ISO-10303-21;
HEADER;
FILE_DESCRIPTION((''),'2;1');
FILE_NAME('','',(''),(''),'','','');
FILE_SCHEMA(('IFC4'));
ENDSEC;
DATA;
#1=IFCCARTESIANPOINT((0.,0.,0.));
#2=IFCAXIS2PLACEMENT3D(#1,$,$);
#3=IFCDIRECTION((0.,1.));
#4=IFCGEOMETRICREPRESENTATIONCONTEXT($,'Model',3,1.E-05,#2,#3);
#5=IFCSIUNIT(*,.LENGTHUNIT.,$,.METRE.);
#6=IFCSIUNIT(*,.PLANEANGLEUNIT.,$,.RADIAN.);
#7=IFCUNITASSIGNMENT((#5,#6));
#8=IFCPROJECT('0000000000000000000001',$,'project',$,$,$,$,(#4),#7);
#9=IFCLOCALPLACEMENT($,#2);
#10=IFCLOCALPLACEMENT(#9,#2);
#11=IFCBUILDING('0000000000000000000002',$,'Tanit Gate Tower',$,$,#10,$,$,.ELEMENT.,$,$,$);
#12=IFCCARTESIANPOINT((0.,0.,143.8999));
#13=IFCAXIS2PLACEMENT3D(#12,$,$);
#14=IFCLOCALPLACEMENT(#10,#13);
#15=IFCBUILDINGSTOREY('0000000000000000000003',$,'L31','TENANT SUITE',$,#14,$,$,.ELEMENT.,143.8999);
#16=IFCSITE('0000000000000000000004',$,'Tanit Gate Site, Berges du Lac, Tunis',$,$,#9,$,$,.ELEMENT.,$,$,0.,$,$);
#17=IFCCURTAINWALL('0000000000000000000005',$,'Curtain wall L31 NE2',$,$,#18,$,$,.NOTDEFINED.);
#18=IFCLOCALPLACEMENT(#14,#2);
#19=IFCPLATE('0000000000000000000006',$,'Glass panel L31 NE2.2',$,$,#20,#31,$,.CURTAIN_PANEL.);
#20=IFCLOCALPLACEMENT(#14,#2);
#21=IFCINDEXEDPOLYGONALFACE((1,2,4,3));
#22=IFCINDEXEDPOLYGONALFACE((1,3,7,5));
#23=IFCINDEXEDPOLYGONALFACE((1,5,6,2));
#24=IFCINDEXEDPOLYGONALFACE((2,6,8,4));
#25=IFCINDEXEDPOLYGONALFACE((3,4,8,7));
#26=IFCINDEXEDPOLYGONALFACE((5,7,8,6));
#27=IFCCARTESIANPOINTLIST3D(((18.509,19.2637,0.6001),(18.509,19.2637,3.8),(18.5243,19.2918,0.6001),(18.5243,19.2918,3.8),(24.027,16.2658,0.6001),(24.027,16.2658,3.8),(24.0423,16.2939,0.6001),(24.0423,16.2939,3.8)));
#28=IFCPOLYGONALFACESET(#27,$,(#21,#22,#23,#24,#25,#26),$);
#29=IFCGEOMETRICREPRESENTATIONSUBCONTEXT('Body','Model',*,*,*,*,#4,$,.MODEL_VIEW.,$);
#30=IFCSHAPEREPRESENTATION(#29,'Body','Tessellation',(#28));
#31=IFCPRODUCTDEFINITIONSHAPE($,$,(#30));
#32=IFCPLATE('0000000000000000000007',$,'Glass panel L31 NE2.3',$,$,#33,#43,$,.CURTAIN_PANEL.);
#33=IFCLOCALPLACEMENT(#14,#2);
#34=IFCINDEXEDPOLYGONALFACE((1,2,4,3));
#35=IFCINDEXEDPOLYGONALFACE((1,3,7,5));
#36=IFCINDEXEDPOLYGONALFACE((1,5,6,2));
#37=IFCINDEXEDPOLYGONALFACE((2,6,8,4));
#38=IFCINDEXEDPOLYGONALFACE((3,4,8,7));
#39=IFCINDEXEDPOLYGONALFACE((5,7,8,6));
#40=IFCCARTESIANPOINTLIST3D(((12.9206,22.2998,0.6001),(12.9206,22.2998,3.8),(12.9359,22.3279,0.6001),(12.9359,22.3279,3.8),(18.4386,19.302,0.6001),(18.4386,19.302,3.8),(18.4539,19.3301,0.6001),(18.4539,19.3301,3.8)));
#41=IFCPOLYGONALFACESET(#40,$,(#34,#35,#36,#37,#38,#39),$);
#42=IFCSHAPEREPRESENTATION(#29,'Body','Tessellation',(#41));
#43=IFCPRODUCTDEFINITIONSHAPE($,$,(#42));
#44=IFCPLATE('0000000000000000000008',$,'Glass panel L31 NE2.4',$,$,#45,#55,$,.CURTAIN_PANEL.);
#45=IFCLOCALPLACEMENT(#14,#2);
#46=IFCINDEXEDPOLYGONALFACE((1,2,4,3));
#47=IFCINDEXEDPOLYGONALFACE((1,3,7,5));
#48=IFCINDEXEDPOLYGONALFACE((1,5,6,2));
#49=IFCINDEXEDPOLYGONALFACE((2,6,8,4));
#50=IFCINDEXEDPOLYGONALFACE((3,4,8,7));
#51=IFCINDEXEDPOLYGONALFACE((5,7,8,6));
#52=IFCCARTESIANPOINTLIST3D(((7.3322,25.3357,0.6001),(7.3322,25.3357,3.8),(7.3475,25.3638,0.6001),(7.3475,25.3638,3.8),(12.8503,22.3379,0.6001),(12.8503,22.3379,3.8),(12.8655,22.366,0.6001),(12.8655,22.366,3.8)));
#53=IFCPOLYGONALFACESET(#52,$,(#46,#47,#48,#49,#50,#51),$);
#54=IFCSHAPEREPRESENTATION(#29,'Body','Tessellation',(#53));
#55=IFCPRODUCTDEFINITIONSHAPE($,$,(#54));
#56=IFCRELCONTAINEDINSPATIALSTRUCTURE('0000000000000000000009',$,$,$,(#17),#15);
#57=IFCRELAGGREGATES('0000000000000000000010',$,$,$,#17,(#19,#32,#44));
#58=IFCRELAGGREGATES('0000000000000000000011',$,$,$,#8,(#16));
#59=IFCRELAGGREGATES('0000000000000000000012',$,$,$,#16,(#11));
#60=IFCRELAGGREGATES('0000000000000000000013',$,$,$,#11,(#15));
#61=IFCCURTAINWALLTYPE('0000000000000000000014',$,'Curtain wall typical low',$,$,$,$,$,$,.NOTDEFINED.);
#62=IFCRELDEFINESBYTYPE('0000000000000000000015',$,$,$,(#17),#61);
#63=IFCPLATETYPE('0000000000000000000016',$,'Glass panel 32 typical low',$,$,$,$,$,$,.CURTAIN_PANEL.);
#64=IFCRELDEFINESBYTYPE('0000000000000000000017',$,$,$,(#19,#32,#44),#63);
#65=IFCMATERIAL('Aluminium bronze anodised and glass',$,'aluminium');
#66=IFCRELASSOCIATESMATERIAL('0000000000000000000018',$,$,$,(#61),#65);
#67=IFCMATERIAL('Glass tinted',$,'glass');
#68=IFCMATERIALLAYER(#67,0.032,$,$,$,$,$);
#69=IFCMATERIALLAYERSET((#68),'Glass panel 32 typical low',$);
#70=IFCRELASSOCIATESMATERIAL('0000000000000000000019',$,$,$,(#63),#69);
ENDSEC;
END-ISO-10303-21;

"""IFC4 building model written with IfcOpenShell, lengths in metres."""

from ifc_helpers import new_model, si_unit, direction, frame, origin, origin_2d, place, context, subcontext, project, spatial, rectangle, extrude, material, layer, layer_set, type_object, element, aggregate, save


model = new_model("IFC4")

# Units and contexts
model_context = context("Model", 3, precision=1e-05, world=origin(), true_north=direction((0.0, 1.0)))
body_context = subcontext(model_context, "Body", "Model", "MODEL_VIEW")
ifc_project = project(units=[si_unit("LENGTHUNIT", "METRE"), si_unit("PLANEANGLEUNIT", "RADIAN")], contexts=[model_context])

# Site, building, storey
site_placement = place(None, origin())
site = spatial("IfcSite", under=ifc_project, at=site_placement, Name="Tanit Gate Site, Berges du Lac, Tunis", CompositionType="ELEMENT", RefElevation=0.0)
building_placement = place(site_placement, origin())
building = spatial("IfcBuilding", under=site, at=building_placement, Name="Tanit Gate Tower", CompositionType="ELEMENT")
storey_placement = place(building_placement, frame((0.0, 0.0, 143.8999)))
storey = spatial("IfcBuildingStorey", under=building, at=storey_placement, Name="L31", Description="TENANT SUITE", CompositionType="ELEMENT", Elevation=143.8999)

# Curtain wall
ifc_material_1 = material(Name="Aluminium bronze anodised and glass", Category="aluminium")
curtain_wall_type = type_object("IfcCurtainWallType", Name="Curtain wall typical low", PredefinedType="NOTDEFINED", material=ifc_material_1)
curtain_wall_placement = place(storey_placement, origin())
curtain_wall = element("IfcCurtainWall", 1, at=curtain_wall_placement, inside=storey, type_object=curtain_wall_type, Name="Curtain wall L31 NE2", PredefinedType="NOTDEFINED")

# Plates
ifc_material_2 = material(Name="Glass tinted", Category="glass")
ifc_layer = layer(ifc_material_2, 0.032)
ifc_layer_set = layer_set([ifc_layer], Name="Glass panel 32 typical low")
plate_type = type_object("IfcPlateType", Name="Glass panel 32 typical low", PredefinedType="CURTAIN_PANEL", material=ifc_layer_set)
plate_1_placement = place(storey_placement, frame((21.2756, 17.7788, 0.6001), z_axis=(0.0, 0.0, 1.0), x_axis=(-0.878696, 0.477381, 0.0)))
plate_1 = element("IfcPlate", 2, at=plate_1_placement, type_object=plate_type, Name="Glass panel L31 NE2.2", PredefinedType="CURTAIN_PANEL", context=body_context, shape_type="SweptSolid", body=[
    extrude(rectangle(XDim=6.2798, YDim=0.032, at=origin_2d()), origin(), (0.0, 0.0, 1.0), 3.2),
])
plate_2_placement = place(storey_placement, frame((15.6873, 20.8149, 0.6001), z_axis=(0.0, 0.0, 1.0), x_axis=(-0.878696, 0.477381, 0.0)))
plate_2 = element("IfcPlate", 3, at=plate_2_placement, type_object=plate_type, Name="Glass panel L31 NE2.3", PredefinedType="CURTAIN_PANEL", context=body_context, shape_type="SweptSolid", body=[
    extrude(rectangle(XDim=6.2798, YDim=0.032, at=origin_2d()), origin(), (0.0, 0.0, 1.0), 3.2),
])
plate_3_placement = place(storey_placement, frame((10.0989, 23.8508, 0.6001), z_axis=(0.0, 0.0, 1.0), x_axis=(-0.878696, 0.477381, 0.0)))
plate_3 = element("IfcPlate", 4, at=plate_3_placement, type_object=plate_type, Name="Glass panel L31 NE2.4", PredefinedType="CURTAIN_PANEL", context=body_context, shape_type="SweptSolid", body=[
    extrude(rectangle(XDim=6.2798, YDim=0.032, at=origin_2d()), origin(), (0.0, 0.0, 1.0), 3.2),
])
aggregate(curtain_wall, [plate_1, plate_2, plate_3])

save(model, "model.ifc")
